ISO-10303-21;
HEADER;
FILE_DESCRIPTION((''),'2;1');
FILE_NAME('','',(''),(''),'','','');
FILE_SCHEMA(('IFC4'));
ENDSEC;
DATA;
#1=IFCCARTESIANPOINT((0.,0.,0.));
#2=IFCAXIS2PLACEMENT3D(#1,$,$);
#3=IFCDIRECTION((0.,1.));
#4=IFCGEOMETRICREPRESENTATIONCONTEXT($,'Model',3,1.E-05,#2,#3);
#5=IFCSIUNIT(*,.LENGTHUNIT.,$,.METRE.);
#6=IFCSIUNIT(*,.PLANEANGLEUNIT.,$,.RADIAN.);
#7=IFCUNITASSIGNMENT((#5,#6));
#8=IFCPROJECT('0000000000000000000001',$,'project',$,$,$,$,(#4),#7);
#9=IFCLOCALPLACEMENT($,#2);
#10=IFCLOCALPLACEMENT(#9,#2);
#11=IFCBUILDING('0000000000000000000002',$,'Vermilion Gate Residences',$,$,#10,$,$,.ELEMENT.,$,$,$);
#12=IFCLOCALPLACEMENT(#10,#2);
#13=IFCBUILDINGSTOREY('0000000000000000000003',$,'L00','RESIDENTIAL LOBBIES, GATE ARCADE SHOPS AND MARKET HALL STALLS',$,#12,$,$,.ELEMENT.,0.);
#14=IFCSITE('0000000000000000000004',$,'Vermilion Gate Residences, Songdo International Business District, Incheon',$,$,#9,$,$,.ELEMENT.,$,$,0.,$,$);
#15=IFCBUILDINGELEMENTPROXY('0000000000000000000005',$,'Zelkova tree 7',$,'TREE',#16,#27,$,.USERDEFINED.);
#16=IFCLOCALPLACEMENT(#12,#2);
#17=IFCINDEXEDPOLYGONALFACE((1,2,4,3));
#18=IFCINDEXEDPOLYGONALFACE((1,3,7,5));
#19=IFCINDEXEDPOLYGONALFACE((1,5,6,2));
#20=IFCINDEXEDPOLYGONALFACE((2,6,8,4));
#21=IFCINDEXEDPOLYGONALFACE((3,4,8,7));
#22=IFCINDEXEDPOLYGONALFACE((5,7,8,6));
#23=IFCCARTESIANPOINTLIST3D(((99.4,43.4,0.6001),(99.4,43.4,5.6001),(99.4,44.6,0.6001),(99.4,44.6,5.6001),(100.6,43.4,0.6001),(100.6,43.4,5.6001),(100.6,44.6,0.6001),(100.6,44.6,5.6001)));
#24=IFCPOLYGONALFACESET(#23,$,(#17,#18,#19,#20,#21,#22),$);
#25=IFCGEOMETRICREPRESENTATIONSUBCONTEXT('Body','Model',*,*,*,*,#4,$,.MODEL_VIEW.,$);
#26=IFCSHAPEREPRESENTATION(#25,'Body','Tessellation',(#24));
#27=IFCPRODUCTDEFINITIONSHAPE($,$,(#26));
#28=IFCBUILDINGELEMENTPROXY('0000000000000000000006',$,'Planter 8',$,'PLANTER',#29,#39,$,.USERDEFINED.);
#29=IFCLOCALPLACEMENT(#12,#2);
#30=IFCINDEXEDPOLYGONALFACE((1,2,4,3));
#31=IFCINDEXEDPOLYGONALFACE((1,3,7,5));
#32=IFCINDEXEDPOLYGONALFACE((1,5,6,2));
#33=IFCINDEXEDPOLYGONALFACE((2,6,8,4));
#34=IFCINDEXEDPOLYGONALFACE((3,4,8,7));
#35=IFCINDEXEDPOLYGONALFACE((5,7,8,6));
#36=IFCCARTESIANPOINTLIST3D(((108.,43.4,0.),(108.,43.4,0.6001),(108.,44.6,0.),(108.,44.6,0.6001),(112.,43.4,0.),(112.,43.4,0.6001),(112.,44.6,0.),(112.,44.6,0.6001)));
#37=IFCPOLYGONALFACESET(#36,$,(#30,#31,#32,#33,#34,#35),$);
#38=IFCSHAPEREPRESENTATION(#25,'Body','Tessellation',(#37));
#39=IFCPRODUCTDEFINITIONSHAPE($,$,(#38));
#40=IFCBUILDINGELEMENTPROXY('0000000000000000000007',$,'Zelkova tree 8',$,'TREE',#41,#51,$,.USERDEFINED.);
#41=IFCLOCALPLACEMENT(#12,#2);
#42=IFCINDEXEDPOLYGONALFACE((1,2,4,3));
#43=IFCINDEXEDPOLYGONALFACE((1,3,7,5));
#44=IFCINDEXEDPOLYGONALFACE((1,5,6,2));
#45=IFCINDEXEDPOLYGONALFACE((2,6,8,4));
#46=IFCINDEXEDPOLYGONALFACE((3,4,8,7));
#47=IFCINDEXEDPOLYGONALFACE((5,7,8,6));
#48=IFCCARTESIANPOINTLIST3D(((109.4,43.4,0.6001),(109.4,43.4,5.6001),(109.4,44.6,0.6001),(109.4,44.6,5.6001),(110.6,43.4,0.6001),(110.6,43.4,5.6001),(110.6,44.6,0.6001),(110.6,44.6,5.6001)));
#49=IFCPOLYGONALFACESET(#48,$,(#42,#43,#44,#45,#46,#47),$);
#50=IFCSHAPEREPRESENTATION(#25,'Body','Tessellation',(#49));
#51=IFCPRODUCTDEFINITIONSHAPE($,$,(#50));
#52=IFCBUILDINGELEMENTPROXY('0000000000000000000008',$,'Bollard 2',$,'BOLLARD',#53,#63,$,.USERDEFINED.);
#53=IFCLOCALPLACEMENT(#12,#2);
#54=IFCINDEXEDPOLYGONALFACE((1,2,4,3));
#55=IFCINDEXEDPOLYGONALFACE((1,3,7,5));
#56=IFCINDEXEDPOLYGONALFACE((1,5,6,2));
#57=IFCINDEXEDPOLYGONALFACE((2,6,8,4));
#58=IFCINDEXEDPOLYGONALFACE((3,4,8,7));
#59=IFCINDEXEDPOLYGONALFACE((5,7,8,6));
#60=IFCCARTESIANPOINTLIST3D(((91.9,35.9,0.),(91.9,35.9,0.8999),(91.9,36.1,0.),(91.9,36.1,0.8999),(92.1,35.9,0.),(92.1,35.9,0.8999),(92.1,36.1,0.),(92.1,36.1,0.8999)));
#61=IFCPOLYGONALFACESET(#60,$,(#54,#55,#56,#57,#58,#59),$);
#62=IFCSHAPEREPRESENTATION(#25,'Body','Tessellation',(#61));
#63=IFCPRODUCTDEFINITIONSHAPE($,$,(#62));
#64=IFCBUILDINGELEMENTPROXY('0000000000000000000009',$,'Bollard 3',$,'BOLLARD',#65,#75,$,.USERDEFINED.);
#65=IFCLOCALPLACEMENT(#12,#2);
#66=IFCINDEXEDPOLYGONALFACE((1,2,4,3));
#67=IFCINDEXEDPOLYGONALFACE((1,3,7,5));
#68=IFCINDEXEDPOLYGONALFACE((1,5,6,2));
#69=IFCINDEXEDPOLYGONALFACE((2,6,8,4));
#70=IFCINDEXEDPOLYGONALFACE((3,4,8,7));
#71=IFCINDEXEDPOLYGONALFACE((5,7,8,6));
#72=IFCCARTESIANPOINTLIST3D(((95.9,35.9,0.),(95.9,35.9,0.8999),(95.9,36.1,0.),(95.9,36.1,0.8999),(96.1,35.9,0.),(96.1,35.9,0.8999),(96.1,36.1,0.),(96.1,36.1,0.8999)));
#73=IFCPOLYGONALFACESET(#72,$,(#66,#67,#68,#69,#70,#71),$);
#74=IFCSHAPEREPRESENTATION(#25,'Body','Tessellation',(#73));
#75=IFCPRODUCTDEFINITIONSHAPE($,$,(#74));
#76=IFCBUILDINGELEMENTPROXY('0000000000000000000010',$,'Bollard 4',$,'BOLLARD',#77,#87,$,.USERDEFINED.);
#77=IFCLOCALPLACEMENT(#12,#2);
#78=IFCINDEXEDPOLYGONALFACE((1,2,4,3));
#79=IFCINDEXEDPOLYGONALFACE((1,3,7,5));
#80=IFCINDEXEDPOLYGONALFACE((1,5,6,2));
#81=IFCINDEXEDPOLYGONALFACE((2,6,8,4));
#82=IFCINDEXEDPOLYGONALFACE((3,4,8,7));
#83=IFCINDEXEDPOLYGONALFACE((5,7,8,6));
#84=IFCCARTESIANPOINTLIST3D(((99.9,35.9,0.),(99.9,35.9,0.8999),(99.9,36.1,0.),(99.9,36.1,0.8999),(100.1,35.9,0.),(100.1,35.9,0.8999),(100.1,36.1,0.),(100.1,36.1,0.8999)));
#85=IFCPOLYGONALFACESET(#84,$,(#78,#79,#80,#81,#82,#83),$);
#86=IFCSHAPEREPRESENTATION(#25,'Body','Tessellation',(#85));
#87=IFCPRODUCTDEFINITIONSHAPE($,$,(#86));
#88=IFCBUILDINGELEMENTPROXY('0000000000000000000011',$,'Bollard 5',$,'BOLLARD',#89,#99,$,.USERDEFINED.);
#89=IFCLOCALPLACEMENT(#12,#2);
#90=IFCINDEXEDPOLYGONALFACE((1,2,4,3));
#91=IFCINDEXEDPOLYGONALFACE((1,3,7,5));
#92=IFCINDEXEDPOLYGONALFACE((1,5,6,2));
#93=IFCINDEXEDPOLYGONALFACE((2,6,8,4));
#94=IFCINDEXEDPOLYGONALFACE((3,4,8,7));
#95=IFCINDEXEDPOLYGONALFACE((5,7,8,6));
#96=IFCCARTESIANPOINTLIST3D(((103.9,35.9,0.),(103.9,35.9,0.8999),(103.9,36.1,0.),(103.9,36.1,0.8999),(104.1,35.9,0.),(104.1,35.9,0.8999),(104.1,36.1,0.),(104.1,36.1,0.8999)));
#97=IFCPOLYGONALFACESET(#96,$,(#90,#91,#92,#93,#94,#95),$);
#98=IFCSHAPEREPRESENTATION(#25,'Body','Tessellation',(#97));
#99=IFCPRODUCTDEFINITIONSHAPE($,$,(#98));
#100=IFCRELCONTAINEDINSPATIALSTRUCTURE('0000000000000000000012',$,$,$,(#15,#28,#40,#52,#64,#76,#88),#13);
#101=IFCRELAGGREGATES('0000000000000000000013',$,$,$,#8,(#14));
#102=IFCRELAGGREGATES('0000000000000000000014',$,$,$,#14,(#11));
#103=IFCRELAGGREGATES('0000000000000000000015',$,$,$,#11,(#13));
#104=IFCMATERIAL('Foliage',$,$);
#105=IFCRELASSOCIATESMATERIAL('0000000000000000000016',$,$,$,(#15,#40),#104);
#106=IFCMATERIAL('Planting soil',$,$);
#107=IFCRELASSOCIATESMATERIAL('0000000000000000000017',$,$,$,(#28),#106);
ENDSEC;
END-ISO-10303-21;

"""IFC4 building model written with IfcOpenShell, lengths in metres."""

from ifc_helpers import new_model, si_unit, direction, frame, origin, origin_2d, place, context, subcontext, project, spatial, rectangle, extrude, material, element, save


model = new_model("IFC4")

# Units and contexts
model_context = context("Model", 3, precision=1e-05, world=origin(), true_north=direction((0.0, 1.0)))
body_context = subcontext(model_context, "Body", "Model", "MODEL_VIEW")
ifc_project = project(units=[si_unit("LENGTHUNIT", "METRE"), si_unit("PLANEANGLEUNIT", "RADIAN")], contexts=[model_context])

# Site, building, storey
site_placement = place(None, origin())
site = spatial("IfcSite", under=ifc_project, at=site_placement, Name="Vermilion Gate Residences, Songdo International Business District, Incheon", CompositionType="ELEMENT", RefElevation=0.0)
building_placement = place(site_placement, origin())
building = spatial("IfcBuilding", under=site, at=building_placement, Name="Vermilion Gate Residences", CompositionType="ELEMENT")
storey_placement = place(building_placement, origin())
storey = spatial("IfcBuildingStorey", under=building, at=storey_placement, Name="L00", Description="RESIDENTIAL LOBBIES, GATE ARCADE SHOPS AND MARKET HALL STALLS", CompositionType="ELEMENT", Elevation=0.0)

# Building element proxies
ifc_material_1 = material(Name="Planting soil")
ifc_material_2 = material(Name="Foliage")
proxy_1_placement = place(storey_placement, frame((100.0, 44.0, 0.6001), z_axis=(0.0, 0.0, 1.0), x_axis=(1.0, 0.0, 0.0)))
element("IfcBuildingElementProxy", 1, at=proxy_1_placement, inside=storey, material=ifc_material_2, Name="Zelkova tree 7", ObjectType="TREE", PredefinedType="USERDEFINED", context=body_context, shape_type="SweptSolid", body=[
    extrude(rectangle(XDim=1.2, YDim=1.2, at=origin_2d()), origin(), (0.0, 0.0, 1.0), 5.0),
])
proxy_2_placement = place(storey_placement, frame((110.0, 44.0, 0.0), z_axis=(0.0, 0.0, 1.0), x_axis=(1.0, 0.0, 0.0)))
element("IfcBuildingElementProxy", 2, at=proxy_2_placement, inside=storey, material=ifc_material_1, Name="Planter 8", ObjectType="PLANTER", PredefinedType="USERDEFINED", context=body_context, shape_type="SweptSolid", body=[
    extrude(rectangle(XDim=4.0, YDim=1.2, at=origin_2d()), origin(), (0.0, 0.0, 1.0), 0.6001),
])
proxy_3_placement = place(storey_placement, frame((110.0, 44.0, 0.6001), z_axis=(0.0, 0.0, 1.0), x_axis=(1.0, 0.0, 0.0)))
element("IfcBuildingElementProxy", 3, at=proxy_3_placement, inside=storey, material=ifc_material_2, Name="Zelkova tree 8", ObjectType="TREE", PredefinedType="USERDEFINED", context=body_context, shape_type="SweptSolid", body=[
    extrude(rectangle(XDim=1.2, YDim=1.2, at=origin_2d()), origin(), (0.0, 0.0, 1.0), 5.0),
])
for number, where, z_axis, x_axis, name in (
    (4, (92.0, 36.0, 0.0), (0.0, 0.0, 1.0), (1.0, 0.0, 0.0), "Bollard 2"),
    (5, (96.0, 36.0, 0.0), (0.0, 0.0, 1.0), (1.0, 0.0, 0.0), "Bollard 3"),
    (6, (100.0, 36.0, 0.0), (0.0, 0.0, 1.0), (1.0, 0.0, 0.0), "Bollard 4"),
    (7, (104.0, 36.0, 0.0), (0.0, 0.0, 1.0), (1.0, 0.0, 0.0), "Bollard 5"),
):
    element("IfcBuildingElementProxy", number, at=place(storey_placement, frame(where, z_axis=z_axis, x_axis=x_axis)), inside=storey, Name=name, ObjectType="BOLLARD", PredefinedType="USERDEFINED", context=body_context, shape_type="SweptSolid", body=[
        extrude(rectangle(XDim=0.2, YDim=0.2, at=origin_2d()), origin(), (0.0, 0.0, 1.0), 0.8999),
    ])

save(model, "model.ifc")
